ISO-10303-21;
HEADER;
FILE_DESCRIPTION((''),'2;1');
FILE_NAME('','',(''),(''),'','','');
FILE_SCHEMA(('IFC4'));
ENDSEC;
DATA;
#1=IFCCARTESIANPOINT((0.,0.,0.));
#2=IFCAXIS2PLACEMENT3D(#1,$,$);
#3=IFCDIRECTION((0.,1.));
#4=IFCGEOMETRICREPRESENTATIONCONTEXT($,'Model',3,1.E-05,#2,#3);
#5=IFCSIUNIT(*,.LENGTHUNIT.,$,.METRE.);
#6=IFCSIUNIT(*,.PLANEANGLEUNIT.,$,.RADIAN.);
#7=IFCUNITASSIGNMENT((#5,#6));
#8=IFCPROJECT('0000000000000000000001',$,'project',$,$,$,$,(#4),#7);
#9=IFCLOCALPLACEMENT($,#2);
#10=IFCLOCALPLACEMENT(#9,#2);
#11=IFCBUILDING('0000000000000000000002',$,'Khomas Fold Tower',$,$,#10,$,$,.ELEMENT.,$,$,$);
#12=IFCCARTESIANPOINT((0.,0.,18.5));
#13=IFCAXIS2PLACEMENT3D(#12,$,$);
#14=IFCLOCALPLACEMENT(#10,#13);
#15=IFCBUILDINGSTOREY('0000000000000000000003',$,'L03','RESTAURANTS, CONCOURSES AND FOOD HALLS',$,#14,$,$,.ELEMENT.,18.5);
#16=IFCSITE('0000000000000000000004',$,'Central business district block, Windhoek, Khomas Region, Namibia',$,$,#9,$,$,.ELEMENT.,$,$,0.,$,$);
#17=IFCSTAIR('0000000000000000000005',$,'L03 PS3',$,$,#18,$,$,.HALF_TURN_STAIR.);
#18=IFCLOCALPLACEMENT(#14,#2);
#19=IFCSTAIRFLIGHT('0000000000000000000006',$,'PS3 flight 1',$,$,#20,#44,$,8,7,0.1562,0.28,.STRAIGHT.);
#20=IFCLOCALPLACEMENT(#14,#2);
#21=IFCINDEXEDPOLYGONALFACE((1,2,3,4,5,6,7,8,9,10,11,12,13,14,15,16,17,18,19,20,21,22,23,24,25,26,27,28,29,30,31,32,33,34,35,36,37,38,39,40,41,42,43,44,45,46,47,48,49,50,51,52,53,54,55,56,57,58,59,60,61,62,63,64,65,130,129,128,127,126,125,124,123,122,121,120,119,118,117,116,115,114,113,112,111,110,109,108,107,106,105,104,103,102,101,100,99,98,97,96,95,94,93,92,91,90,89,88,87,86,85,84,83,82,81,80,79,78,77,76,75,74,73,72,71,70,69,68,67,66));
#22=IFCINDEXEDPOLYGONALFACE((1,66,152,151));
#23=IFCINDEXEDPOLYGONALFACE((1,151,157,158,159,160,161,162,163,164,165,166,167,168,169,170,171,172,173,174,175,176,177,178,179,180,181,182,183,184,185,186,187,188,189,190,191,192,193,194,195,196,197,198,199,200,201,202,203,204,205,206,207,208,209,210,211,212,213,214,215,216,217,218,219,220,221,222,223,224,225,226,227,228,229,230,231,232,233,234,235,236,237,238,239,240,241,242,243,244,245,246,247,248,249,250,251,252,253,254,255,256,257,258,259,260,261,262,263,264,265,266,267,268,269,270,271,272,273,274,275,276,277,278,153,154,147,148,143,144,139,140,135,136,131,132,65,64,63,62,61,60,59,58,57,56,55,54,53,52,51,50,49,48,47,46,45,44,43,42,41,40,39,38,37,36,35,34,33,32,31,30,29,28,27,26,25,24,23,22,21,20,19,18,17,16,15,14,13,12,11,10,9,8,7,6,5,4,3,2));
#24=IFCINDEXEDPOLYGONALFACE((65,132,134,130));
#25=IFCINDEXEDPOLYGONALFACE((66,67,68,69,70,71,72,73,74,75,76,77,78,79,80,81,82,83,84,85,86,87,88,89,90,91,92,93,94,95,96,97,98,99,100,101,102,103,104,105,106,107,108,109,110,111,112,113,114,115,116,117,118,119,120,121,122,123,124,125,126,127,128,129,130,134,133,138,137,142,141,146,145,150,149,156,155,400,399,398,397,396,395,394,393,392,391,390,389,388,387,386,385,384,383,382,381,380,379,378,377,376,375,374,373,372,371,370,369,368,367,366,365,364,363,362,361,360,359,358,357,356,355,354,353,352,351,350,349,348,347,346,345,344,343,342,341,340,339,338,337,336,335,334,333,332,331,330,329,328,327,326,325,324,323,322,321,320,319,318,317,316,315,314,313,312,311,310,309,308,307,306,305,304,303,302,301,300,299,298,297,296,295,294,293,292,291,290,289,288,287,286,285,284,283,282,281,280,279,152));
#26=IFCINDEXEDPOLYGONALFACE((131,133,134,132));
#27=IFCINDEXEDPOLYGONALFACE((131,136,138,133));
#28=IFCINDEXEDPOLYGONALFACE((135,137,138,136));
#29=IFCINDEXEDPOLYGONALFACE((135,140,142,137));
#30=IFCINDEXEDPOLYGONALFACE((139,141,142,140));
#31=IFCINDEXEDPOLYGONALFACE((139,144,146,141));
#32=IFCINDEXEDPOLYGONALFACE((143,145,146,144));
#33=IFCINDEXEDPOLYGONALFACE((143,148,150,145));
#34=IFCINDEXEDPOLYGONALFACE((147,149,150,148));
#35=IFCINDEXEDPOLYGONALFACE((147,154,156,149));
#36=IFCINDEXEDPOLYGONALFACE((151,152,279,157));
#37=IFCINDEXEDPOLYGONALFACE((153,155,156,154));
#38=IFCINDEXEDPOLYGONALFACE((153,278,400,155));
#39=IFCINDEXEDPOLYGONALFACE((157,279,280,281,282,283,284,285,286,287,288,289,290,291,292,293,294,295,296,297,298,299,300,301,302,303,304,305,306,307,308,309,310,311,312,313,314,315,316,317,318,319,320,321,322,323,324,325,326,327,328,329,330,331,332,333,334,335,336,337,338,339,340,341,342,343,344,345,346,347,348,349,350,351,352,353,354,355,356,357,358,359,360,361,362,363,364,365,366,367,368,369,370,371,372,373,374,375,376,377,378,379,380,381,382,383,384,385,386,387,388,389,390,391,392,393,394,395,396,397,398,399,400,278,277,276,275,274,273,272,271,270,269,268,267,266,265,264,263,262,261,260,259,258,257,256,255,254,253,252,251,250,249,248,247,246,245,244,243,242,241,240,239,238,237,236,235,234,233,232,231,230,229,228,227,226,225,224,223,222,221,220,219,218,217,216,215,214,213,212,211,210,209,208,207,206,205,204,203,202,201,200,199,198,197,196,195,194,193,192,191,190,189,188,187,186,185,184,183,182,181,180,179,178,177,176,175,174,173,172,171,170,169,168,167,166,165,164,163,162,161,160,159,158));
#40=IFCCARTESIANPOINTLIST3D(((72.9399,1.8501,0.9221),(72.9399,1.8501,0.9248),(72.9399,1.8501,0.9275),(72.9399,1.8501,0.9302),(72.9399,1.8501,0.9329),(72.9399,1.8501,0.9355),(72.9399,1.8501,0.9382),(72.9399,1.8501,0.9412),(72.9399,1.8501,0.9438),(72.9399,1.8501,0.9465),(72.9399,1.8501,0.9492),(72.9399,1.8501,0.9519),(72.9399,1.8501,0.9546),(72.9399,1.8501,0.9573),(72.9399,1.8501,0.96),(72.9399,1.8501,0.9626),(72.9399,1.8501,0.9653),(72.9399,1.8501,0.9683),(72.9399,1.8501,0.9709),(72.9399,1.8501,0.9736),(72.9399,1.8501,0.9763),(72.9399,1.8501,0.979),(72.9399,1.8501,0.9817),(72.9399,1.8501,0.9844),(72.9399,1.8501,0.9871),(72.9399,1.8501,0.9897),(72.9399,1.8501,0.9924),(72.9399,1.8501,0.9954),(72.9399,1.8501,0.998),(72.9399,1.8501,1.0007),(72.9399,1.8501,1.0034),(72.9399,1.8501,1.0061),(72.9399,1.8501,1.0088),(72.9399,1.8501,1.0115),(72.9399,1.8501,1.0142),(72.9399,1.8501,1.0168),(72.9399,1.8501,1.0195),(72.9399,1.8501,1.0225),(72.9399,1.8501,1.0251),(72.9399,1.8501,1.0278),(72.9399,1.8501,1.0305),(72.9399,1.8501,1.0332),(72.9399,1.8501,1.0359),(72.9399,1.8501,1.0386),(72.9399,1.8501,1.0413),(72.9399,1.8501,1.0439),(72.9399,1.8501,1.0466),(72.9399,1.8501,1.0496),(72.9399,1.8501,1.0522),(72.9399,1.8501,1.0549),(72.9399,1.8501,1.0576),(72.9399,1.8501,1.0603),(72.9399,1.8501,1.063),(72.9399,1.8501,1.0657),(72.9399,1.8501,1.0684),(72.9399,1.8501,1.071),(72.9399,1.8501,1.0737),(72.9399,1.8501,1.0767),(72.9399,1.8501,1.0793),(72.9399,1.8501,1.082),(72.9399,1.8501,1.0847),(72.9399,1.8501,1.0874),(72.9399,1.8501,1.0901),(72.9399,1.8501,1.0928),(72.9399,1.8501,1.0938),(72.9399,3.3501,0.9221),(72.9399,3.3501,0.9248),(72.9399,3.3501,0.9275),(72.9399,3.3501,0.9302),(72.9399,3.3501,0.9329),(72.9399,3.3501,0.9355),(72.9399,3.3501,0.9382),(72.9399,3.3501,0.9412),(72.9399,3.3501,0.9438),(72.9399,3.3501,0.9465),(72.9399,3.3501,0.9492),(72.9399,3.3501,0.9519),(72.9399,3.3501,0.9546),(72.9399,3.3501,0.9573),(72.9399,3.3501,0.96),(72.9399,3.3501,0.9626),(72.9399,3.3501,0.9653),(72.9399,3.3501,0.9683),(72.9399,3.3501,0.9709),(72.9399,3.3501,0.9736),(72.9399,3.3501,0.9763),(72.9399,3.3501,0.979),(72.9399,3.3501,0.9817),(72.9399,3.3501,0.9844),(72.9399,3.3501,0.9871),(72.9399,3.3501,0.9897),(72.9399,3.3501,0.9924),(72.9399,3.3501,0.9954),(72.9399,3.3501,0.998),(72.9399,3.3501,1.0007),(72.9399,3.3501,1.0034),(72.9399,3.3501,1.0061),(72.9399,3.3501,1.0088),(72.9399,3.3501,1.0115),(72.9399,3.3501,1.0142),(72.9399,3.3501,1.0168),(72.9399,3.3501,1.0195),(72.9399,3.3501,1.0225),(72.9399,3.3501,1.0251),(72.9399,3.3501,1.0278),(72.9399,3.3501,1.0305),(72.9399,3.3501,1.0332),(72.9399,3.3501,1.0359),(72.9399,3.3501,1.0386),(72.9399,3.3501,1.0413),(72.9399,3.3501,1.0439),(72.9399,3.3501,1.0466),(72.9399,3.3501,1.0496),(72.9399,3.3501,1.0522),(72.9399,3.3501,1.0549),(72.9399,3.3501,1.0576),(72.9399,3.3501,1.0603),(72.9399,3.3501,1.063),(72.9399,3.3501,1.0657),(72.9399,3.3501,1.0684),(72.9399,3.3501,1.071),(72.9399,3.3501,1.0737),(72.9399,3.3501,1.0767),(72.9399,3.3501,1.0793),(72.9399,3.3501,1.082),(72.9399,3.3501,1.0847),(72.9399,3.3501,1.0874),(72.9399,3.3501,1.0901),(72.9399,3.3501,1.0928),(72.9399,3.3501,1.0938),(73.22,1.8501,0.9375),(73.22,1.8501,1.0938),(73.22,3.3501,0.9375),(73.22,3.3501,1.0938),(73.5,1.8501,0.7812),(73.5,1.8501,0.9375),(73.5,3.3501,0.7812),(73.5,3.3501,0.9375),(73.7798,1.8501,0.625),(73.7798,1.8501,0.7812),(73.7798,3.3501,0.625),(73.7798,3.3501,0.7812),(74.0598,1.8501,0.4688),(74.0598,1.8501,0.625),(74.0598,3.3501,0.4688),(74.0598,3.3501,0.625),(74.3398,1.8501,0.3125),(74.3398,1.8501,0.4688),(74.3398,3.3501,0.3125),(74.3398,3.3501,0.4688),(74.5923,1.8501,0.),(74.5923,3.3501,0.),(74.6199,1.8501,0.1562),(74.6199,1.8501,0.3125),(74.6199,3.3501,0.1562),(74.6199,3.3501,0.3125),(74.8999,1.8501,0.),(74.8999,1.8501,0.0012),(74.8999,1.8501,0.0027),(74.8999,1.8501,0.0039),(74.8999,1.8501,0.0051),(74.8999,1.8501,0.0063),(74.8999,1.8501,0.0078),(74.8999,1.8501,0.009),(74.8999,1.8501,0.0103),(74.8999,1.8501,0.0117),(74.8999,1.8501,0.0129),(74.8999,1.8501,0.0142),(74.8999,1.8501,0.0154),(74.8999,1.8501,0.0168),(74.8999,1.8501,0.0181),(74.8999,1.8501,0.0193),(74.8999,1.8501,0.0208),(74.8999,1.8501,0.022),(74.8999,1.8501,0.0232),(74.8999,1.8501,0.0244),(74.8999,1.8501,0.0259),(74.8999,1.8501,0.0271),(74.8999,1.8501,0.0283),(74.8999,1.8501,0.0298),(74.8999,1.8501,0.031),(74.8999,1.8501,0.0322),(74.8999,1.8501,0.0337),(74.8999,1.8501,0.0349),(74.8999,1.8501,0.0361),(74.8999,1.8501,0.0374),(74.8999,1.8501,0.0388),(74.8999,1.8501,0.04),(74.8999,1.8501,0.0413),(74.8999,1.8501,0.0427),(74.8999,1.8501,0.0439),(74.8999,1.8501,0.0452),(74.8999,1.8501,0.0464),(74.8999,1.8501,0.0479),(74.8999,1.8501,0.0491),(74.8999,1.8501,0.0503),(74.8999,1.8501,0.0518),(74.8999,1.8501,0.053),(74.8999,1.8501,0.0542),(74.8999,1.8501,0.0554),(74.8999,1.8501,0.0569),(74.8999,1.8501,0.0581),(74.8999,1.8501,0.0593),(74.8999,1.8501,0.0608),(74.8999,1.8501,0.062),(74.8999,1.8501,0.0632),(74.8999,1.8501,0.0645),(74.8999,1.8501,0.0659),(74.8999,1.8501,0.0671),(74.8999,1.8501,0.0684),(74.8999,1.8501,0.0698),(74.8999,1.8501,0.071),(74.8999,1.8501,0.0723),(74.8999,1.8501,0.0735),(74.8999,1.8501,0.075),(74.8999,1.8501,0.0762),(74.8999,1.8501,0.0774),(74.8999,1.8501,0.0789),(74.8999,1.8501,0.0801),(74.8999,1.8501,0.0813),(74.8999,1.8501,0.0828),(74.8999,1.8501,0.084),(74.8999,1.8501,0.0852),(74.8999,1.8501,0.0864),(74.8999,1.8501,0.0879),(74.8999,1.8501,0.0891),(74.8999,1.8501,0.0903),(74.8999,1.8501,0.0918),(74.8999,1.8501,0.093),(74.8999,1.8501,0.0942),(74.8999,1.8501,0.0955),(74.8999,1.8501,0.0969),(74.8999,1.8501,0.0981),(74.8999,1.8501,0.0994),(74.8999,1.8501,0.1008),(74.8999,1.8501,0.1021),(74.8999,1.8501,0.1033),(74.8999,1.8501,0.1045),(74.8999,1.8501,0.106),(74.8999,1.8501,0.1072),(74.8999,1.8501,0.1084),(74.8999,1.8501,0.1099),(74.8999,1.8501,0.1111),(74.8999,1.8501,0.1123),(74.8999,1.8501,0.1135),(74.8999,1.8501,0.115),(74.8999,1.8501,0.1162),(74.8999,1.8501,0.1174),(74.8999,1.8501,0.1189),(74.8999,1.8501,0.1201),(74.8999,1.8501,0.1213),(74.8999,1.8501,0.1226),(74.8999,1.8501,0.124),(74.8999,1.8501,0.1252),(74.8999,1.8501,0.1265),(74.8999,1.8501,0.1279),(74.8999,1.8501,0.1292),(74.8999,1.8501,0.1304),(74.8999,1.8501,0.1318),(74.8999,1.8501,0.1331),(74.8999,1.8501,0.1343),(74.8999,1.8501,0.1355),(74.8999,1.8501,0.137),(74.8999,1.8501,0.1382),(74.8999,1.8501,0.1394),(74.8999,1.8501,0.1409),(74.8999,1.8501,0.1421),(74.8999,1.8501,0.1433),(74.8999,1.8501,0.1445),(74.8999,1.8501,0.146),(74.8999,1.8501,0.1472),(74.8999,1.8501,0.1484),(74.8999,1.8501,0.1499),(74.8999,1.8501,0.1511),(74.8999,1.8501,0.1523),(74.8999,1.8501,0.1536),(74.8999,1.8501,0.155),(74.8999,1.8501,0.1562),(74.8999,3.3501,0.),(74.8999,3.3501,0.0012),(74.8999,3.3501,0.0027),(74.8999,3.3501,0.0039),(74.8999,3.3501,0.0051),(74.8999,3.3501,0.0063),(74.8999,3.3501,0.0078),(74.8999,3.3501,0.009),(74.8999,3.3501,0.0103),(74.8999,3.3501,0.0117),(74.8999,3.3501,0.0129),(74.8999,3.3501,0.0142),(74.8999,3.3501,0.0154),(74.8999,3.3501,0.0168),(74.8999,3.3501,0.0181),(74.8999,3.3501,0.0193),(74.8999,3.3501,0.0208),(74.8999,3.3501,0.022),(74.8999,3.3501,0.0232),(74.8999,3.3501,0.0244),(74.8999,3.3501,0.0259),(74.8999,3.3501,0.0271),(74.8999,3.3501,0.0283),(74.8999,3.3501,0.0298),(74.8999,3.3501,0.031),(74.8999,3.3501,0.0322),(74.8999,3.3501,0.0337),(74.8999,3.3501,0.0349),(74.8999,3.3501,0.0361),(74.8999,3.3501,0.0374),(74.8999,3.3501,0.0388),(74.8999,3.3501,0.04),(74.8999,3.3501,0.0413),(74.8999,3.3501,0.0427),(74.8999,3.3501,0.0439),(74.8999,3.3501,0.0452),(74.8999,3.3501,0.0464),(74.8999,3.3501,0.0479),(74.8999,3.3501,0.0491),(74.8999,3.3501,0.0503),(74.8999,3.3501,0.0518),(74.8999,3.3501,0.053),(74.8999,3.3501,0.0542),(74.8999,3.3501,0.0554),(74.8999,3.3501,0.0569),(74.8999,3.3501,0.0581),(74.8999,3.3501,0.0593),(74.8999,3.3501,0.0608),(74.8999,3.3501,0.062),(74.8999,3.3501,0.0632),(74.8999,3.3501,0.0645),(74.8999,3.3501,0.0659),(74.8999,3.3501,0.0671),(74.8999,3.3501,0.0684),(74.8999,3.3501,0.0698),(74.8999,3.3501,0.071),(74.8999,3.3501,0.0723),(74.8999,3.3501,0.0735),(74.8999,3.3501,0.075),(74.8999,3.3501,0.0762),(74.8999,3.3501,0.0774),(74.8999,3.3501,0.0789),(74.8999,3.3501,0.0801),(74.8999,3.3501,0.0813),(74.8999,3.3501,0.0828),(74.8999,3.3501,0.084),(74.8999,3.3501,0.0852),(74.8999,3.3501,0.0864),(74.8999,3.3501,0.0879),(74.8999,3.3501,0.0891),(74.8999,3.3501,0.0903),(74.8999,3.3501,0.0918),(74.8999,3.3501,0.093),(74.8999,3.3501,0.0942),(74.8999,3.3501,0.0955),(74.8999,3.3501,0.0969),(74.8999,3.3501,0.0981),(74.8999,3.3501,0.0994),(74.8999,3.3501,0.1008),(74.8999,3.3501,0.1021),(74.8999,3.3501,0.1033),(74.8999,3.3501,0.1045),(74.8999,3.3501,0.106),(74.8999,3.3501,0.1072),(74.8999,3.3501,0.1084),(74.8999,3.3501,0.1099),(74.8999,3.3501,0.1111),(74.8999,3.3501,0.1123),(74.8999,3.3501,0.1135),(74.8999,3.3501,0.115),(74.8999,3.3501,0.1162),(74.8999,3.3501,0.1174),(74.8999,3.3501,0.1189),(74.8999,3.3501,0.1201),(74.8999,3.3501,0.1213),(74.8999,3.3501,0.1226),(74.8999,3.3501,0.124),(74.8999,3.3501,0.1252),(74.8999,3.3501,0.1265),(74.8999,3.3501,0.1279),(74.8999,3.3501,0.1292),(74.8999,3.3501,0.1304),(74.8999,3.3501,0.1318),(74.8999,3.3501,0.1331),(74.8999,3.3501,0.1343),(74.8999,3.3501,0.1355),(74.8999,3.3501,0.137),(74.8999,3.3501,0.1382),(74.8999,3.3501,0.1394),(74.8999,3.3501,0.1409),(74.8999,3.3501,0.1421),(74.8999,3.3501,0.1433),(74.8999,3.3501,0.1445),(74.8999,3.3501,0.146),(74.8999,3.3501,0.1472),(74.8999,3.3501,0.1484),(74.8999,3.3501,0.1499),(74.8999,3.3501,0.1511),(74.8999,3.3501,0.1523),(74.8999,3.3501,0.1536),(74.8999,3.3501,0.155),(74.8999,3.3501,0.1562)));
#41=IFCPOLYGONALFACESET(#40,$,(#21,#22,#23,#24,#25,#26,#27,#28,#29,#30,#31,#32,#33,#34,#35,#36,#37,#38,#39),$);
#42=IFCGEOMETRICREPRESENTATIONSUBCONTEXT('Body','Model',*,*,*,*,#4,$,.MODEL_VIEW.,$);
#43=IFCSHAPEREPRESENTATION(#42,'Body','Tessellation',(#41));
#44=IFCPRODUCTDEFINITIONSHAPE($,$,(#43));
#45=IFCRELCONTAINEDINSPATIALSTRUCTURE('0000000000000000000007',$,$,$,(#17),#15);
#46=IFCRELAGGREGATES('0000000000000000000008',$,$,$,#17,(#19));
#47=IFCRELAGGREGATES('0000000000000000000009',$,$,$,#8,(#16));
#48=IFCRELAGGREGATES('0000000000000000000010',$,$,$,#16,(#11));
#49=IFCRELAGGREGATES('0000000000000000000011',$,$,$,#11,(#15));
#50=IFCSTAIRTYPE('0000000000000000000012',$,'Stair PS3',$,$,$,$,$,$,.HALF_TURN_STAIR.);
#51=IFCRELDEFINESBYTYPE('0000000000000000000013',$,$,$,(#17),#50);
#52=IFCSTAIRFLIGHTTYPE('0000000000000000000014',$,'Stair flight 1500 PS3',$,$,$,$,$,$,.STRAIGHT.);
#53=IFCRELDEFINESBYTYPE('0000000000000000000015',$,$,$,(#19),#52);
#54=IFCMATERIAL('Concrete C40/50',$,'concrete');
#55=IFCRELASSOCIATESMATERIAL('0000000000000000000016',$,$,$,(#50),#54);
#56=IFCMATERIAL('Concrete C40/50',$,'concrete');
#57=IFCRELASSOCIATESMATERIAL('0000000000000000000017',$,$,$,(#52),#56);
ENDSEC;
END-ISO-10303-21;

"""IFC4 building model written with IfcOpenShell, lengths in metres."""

from ifc_helpers import new_model, si_unit, direction, frame, origin, place, context, subcontext, project, spatial, polyline, outline, extrude, source, transform, mapped, material, type_object, element, aggregate, save


model = new_model("IFC4")

# Units and contexts
model_context = context("Model", 3, precision=1e-05, world=origin(), true_north=direction((0.0, 1.0)))
body_context = subcontext(model_context, "Body", "Model", "MODEL_VIEW")
ifc_project = project(units=[si_unit("LENGTHUNIT", "METRE"), si_unit("PLANEANGLEUNIT", "RADIAN")], contexts=[model_context])

# Site, building, storey
site_placement = place(None, origin())
site = spatial("IfcSite", under=ifc_project, at=site_placement, Name="Central business district block, Windhoek, Khomas Region, Namibia", CompositionType="ELEMENT", RefElevation=0.0)
building_placement = place(site_placement, origin())
building = spatial("IfcBuilding", under=site, at=building_placement, Name="Khomas Fold Tower", CompositionType="ELEMENT")
storey_placement = place(building_placement, frame((0.0, 0.0, 18.5)))
storey = spatial("IfcBuildingStorey", under=building, at=storey_placement, Name="L03", Description="RESTAURANTS, CONCOURSES AND FOOD HALLS", CompositionType="ELEMENT", Elevation=18.5)

# Stair, stair flight
ifc_material_1 = material(Name="Concrete C40/50", Category="concrete")
stair_type_1 = type_object("IfcStairType", Name="Stair PS3", PredefinedType="HALF_TURN_STAIR", material=ifc_material_1)
stair_1_placement = place(storey_placement, origin())
stair_1 = element("IfcStair", 1, at=stair_1_placement, inside=storey, type_object=stair_type_1, Name="L03 PS3", PredefinedType="HALF_TURN_STAIR")
ifc_material_2 = material(Name="Concrete C40/50", Category="concrete")
stair_flight_type_1 = type_object("IfcStairFlightType", Name="Stair flight 1500 PS3", PredefinedType="STRAIGHT", material=ifc_material_2)
shared_shape_1 = source(origin(), body_context, "Body", "SweptSolid", [
    extrude(outline(polyline([(0.0, 0.0), (0.0, 0.0012), (0.0, 0.0027), (0.0, 0.0039), (0.0, 0.0051), (0.0, 0.0063), (0.0, 0.0078), (0.0, 0.009), (0.0, 0.0103), (0.0, 0.0117), (0.0, 0.0129), (0.0, 0.0142), (0.0, 0.0154), (0.0, 0.0168), (0.0, 0.0181), (0.0, 0.0193), (0.0, 0.0208), (0.0, 0.022), (0.0, 0.0232), (0.0, 0.0244), (0.0, 0.0259), (0.0, 0.0271), (0.0, 0.0283), (0.0, 0.0298), (0.0, 0.031), (0.0, 0.0322), (0.0, 0.0337), (0.0, 0.0349), (0.0, 0.0361), (0.0, 0.0374), (0.0, 0.0388), (0.0, 0.04), (0.0, 0.0413), (0.0, 0.0427), (0.0, 0.0439), (0.0, 0.0452), (0.0, 0.0464), (0.0, 0.0479), (0.0, 0.0491), (0.0, 0.0503), (0.0, 0.0518), (0.0, 0.053), (0.0, 0.0542), (0.0, 0.0554), (0.0, 0.0569), (0.0, 0.0581), (0.0, 0.0593), (0.0, 0.0608), (0.0, 0.062), (0.0, 0.0632), (0.0, 0.0645), (0.0, 0.0659), (0.0, 0.0671), (0.0, 0.0684), (0.0, 0.0698), (0.0, 0.071), (0.0, 0.0723), (0.0, 0.0735), (0.0, 0.075), (0.0, 0.0762), (0.0, 0.0774), (0.0, 0.0789), (0.0, 0.0801), (0.0, 0.0813), (0.0, 0.0828), (0.0, 0.084), (0.0, 0.0852), (0.0, 0.0864), (0.0, 0.0879), (0.0, 0.0891), (0.0, 0.0903), (0.0, 0.0918), (0.0, 0.093), (0.0, 0.0942), (0.0, 0.0955), (0.0, 0.0969), (0.0, 0.0981), (0.0, 0.0994), (0.0, 0.1008), (0.0, 0.1021), (0.0, 0.1033), (0.0, 0.1045), (0.0, 0.106), (0.0, 0.1072), (0.0, 0.1084), (0.0, 0.1099), (0.0, 0.1111), (0.0, 0.1123), (0.0, 0.1135), (0.0, 0.115), (0.0, 0.1162), (0.0, 0.1174), (0.0, 0.1189), (0.0, 0.1201), (0.0, 0.1213), (0.0, 0.1226), (0.0, 0.124), (0.0, 0.1252), (0.0, 0.1265), (0.0, 0.1279), (0.0, 0.1292), (0.0, 0.1304), (0.0, 0.1318), (0.0, 0.1331), (0.0, 0.1343), (0.0, 0.1355), (0.0, 0.137), (0.0, 0.1382), (0.0, 0.1394), (0.0, 0.1409), (0.0, 0.1421), (0.0, 0.1433), (0.0, 0.1445), (0.0, 0.146), (0.0, 0.1472), (0.0, 0.1484), (0.0, 0.1499), (0.0, 0.1511), (0.0, 0.1523), (0.0, 0.1536), (0.0, 0.155), (0.0, 0.1562), (0.28, 0.1562), (0.28, 0.3125), (0.5601, 0.3125), (0.5601, 0.4688), (0.8401, 0.4688), (0.8401, 0.625), (1.1201, 0.625), (1.1201, 0.7812), (1.3999, 0.7812), (1.3999, 0.9375), (1.6799, 0.9375), (1.6799, 1.0938), (1.96, 1.0938), (1.96, 1.25), (1.96, 1.2473), (1.96, 1.2446), (1.96, 1.2419), (1.96, 1.2393), (1.96, 1.2363), (1.96, 1.2336), (1.96, 1.231), (1.96, 1.2283), (1.96, 1.2256), (1.96, 1.2229), (1.96, 1.2202), (1.96, 1.2175), (1.96, 1.2148), (1.96, 1.2122), (1.96, 1.2092), (1.96, 1.2065), (1.96, 1.2039), (1.96, 1.2012), (1.96, 1.1985), (1.96, 1.1958), (1.96, 1.1931), (1.96, 1.1904), (1.96, 1.1877), (1.96, 1.1851), (1.96, 1.1821), (1.96, 1.1794), (1.96, 1.1768), (1.96, 1.1741), (1.96, 1.1714), (1.96, 1.1687), (1.96, 1.166), (1.96, 1.1633), (1.96, 1.1606), (1.96, 1.158), (1.96, 1.155), (1.96, 1.1523), (1.96, 1.1497), (1.96, 1.147), (1.96, 1.1443), (1.96, 1.1416), (1.96, 1.1389), (1.96, 1.1362), (1.96, 1.1335), (1.96, 1.1309), (1.96, 1.1279), (1.96, 1.1252), (1.96, 1.1226), (1.96, 1.1199), (1.96, 1.1172), (1.96, 1.1145), (1.96, 1.1118), (1.96, 1.1091), (1.96, 1.1064), (1.96, 1.1038), (1.96, 1.1008), (1.96, 1.0981), (1.96, 1.0955), (1.96, 1.0928), (1.96, 1.0901), (1.96, 1.0874), (1.96, 1.0847), (1.96, 1.082), (1.96, 1.0793), (1.96, 1.0767), (1.96, 1.0737), (1.96, 1.071), (1.96, 1.0684), (1.96, 1.0657), (1.96, 1.063), (1.96, 1.0603), (1.96, 1.0576), (1.96, 1.0549), (1.96, 1.0522), (1.96, 1.0496), (1.96, 1.0466), (1.96, 1.0439), (1.96, 1.0413), (1.96, 1.0386), (1.96, 1.0359), (1.96, 1.0332), (1.96, 1.0305), (1.96, 1.0278), (1.96, 1.0251), (1.96, 1.0225), (1.96, 1.0195), (1.96, 1.0168), (1.96, 1.0142), (1.96, 1.0115), (1.96, 1.0088), (1.96, 1.0061), (1.96, 1.0034), (1.96, 1.0007), (1.96, 0.998), (1.96, 0.9954), (1.96, 0.9924), (1.96, 0.9897), (1.96, 0.9871), (1.96, 0.9844), (1.96, 0.9817), (1.96, 0.979), (1.96, 0.9763), (1.96, 0.9736), (1.96, 0.9709), (1.96, 0.9683), (1.96, 0.9653), (1.96, 0.9626), (1.96, 0.96), (1.96, 0.9573), (1.96, 0.9546), (1.96, 0.9519), (1.96, 0.9492), (1.96, 0.9465), (1.96, 0.9438), (1.96, 0.9412), (1.96, 0.9382), (1.96, 0.9355), (1.96, 0.9329), (1.96, 0.9302), (1.96, 0.9275), (1.96, 0.9248), (1.96, 0.9221), (0.3076, 0.0), (0.0, 0.0)])), frame((0.0, 0.75, 0.0), z_axis=(0.0, -1.0, 0.0), x_axis=(1.0, 0.0, 0.0)), (0.0, 0.0, 1.0), 1.5),
])
stair_flight_1_placement = place(storey_placement, frame((74.8999, 2.6001, 0.0), z_axis=(0.0, 0.0, 1.0), x_axis=(-1.0, 0.0, 0.0)))
stair_flight_1 = element("IfcStairFlight", 2, at=stair_flight_1_placement, type_object=stair_flight_type_1, Name="PS3 flight 1", NumberOfRisers=8, NumberOfTreads=7, PredefinedType="STRAIGHT", RiserHeight=0.1562, TreadLength=0.28, context=body_context, shape_type="MappedRepresentation", body=[
    mapped(shared_shape_1, transform((0.0, 0.0, 0.0))),
])
aggregate(stair_1, [stair_flight_1])

save(model, "model.ifc")
